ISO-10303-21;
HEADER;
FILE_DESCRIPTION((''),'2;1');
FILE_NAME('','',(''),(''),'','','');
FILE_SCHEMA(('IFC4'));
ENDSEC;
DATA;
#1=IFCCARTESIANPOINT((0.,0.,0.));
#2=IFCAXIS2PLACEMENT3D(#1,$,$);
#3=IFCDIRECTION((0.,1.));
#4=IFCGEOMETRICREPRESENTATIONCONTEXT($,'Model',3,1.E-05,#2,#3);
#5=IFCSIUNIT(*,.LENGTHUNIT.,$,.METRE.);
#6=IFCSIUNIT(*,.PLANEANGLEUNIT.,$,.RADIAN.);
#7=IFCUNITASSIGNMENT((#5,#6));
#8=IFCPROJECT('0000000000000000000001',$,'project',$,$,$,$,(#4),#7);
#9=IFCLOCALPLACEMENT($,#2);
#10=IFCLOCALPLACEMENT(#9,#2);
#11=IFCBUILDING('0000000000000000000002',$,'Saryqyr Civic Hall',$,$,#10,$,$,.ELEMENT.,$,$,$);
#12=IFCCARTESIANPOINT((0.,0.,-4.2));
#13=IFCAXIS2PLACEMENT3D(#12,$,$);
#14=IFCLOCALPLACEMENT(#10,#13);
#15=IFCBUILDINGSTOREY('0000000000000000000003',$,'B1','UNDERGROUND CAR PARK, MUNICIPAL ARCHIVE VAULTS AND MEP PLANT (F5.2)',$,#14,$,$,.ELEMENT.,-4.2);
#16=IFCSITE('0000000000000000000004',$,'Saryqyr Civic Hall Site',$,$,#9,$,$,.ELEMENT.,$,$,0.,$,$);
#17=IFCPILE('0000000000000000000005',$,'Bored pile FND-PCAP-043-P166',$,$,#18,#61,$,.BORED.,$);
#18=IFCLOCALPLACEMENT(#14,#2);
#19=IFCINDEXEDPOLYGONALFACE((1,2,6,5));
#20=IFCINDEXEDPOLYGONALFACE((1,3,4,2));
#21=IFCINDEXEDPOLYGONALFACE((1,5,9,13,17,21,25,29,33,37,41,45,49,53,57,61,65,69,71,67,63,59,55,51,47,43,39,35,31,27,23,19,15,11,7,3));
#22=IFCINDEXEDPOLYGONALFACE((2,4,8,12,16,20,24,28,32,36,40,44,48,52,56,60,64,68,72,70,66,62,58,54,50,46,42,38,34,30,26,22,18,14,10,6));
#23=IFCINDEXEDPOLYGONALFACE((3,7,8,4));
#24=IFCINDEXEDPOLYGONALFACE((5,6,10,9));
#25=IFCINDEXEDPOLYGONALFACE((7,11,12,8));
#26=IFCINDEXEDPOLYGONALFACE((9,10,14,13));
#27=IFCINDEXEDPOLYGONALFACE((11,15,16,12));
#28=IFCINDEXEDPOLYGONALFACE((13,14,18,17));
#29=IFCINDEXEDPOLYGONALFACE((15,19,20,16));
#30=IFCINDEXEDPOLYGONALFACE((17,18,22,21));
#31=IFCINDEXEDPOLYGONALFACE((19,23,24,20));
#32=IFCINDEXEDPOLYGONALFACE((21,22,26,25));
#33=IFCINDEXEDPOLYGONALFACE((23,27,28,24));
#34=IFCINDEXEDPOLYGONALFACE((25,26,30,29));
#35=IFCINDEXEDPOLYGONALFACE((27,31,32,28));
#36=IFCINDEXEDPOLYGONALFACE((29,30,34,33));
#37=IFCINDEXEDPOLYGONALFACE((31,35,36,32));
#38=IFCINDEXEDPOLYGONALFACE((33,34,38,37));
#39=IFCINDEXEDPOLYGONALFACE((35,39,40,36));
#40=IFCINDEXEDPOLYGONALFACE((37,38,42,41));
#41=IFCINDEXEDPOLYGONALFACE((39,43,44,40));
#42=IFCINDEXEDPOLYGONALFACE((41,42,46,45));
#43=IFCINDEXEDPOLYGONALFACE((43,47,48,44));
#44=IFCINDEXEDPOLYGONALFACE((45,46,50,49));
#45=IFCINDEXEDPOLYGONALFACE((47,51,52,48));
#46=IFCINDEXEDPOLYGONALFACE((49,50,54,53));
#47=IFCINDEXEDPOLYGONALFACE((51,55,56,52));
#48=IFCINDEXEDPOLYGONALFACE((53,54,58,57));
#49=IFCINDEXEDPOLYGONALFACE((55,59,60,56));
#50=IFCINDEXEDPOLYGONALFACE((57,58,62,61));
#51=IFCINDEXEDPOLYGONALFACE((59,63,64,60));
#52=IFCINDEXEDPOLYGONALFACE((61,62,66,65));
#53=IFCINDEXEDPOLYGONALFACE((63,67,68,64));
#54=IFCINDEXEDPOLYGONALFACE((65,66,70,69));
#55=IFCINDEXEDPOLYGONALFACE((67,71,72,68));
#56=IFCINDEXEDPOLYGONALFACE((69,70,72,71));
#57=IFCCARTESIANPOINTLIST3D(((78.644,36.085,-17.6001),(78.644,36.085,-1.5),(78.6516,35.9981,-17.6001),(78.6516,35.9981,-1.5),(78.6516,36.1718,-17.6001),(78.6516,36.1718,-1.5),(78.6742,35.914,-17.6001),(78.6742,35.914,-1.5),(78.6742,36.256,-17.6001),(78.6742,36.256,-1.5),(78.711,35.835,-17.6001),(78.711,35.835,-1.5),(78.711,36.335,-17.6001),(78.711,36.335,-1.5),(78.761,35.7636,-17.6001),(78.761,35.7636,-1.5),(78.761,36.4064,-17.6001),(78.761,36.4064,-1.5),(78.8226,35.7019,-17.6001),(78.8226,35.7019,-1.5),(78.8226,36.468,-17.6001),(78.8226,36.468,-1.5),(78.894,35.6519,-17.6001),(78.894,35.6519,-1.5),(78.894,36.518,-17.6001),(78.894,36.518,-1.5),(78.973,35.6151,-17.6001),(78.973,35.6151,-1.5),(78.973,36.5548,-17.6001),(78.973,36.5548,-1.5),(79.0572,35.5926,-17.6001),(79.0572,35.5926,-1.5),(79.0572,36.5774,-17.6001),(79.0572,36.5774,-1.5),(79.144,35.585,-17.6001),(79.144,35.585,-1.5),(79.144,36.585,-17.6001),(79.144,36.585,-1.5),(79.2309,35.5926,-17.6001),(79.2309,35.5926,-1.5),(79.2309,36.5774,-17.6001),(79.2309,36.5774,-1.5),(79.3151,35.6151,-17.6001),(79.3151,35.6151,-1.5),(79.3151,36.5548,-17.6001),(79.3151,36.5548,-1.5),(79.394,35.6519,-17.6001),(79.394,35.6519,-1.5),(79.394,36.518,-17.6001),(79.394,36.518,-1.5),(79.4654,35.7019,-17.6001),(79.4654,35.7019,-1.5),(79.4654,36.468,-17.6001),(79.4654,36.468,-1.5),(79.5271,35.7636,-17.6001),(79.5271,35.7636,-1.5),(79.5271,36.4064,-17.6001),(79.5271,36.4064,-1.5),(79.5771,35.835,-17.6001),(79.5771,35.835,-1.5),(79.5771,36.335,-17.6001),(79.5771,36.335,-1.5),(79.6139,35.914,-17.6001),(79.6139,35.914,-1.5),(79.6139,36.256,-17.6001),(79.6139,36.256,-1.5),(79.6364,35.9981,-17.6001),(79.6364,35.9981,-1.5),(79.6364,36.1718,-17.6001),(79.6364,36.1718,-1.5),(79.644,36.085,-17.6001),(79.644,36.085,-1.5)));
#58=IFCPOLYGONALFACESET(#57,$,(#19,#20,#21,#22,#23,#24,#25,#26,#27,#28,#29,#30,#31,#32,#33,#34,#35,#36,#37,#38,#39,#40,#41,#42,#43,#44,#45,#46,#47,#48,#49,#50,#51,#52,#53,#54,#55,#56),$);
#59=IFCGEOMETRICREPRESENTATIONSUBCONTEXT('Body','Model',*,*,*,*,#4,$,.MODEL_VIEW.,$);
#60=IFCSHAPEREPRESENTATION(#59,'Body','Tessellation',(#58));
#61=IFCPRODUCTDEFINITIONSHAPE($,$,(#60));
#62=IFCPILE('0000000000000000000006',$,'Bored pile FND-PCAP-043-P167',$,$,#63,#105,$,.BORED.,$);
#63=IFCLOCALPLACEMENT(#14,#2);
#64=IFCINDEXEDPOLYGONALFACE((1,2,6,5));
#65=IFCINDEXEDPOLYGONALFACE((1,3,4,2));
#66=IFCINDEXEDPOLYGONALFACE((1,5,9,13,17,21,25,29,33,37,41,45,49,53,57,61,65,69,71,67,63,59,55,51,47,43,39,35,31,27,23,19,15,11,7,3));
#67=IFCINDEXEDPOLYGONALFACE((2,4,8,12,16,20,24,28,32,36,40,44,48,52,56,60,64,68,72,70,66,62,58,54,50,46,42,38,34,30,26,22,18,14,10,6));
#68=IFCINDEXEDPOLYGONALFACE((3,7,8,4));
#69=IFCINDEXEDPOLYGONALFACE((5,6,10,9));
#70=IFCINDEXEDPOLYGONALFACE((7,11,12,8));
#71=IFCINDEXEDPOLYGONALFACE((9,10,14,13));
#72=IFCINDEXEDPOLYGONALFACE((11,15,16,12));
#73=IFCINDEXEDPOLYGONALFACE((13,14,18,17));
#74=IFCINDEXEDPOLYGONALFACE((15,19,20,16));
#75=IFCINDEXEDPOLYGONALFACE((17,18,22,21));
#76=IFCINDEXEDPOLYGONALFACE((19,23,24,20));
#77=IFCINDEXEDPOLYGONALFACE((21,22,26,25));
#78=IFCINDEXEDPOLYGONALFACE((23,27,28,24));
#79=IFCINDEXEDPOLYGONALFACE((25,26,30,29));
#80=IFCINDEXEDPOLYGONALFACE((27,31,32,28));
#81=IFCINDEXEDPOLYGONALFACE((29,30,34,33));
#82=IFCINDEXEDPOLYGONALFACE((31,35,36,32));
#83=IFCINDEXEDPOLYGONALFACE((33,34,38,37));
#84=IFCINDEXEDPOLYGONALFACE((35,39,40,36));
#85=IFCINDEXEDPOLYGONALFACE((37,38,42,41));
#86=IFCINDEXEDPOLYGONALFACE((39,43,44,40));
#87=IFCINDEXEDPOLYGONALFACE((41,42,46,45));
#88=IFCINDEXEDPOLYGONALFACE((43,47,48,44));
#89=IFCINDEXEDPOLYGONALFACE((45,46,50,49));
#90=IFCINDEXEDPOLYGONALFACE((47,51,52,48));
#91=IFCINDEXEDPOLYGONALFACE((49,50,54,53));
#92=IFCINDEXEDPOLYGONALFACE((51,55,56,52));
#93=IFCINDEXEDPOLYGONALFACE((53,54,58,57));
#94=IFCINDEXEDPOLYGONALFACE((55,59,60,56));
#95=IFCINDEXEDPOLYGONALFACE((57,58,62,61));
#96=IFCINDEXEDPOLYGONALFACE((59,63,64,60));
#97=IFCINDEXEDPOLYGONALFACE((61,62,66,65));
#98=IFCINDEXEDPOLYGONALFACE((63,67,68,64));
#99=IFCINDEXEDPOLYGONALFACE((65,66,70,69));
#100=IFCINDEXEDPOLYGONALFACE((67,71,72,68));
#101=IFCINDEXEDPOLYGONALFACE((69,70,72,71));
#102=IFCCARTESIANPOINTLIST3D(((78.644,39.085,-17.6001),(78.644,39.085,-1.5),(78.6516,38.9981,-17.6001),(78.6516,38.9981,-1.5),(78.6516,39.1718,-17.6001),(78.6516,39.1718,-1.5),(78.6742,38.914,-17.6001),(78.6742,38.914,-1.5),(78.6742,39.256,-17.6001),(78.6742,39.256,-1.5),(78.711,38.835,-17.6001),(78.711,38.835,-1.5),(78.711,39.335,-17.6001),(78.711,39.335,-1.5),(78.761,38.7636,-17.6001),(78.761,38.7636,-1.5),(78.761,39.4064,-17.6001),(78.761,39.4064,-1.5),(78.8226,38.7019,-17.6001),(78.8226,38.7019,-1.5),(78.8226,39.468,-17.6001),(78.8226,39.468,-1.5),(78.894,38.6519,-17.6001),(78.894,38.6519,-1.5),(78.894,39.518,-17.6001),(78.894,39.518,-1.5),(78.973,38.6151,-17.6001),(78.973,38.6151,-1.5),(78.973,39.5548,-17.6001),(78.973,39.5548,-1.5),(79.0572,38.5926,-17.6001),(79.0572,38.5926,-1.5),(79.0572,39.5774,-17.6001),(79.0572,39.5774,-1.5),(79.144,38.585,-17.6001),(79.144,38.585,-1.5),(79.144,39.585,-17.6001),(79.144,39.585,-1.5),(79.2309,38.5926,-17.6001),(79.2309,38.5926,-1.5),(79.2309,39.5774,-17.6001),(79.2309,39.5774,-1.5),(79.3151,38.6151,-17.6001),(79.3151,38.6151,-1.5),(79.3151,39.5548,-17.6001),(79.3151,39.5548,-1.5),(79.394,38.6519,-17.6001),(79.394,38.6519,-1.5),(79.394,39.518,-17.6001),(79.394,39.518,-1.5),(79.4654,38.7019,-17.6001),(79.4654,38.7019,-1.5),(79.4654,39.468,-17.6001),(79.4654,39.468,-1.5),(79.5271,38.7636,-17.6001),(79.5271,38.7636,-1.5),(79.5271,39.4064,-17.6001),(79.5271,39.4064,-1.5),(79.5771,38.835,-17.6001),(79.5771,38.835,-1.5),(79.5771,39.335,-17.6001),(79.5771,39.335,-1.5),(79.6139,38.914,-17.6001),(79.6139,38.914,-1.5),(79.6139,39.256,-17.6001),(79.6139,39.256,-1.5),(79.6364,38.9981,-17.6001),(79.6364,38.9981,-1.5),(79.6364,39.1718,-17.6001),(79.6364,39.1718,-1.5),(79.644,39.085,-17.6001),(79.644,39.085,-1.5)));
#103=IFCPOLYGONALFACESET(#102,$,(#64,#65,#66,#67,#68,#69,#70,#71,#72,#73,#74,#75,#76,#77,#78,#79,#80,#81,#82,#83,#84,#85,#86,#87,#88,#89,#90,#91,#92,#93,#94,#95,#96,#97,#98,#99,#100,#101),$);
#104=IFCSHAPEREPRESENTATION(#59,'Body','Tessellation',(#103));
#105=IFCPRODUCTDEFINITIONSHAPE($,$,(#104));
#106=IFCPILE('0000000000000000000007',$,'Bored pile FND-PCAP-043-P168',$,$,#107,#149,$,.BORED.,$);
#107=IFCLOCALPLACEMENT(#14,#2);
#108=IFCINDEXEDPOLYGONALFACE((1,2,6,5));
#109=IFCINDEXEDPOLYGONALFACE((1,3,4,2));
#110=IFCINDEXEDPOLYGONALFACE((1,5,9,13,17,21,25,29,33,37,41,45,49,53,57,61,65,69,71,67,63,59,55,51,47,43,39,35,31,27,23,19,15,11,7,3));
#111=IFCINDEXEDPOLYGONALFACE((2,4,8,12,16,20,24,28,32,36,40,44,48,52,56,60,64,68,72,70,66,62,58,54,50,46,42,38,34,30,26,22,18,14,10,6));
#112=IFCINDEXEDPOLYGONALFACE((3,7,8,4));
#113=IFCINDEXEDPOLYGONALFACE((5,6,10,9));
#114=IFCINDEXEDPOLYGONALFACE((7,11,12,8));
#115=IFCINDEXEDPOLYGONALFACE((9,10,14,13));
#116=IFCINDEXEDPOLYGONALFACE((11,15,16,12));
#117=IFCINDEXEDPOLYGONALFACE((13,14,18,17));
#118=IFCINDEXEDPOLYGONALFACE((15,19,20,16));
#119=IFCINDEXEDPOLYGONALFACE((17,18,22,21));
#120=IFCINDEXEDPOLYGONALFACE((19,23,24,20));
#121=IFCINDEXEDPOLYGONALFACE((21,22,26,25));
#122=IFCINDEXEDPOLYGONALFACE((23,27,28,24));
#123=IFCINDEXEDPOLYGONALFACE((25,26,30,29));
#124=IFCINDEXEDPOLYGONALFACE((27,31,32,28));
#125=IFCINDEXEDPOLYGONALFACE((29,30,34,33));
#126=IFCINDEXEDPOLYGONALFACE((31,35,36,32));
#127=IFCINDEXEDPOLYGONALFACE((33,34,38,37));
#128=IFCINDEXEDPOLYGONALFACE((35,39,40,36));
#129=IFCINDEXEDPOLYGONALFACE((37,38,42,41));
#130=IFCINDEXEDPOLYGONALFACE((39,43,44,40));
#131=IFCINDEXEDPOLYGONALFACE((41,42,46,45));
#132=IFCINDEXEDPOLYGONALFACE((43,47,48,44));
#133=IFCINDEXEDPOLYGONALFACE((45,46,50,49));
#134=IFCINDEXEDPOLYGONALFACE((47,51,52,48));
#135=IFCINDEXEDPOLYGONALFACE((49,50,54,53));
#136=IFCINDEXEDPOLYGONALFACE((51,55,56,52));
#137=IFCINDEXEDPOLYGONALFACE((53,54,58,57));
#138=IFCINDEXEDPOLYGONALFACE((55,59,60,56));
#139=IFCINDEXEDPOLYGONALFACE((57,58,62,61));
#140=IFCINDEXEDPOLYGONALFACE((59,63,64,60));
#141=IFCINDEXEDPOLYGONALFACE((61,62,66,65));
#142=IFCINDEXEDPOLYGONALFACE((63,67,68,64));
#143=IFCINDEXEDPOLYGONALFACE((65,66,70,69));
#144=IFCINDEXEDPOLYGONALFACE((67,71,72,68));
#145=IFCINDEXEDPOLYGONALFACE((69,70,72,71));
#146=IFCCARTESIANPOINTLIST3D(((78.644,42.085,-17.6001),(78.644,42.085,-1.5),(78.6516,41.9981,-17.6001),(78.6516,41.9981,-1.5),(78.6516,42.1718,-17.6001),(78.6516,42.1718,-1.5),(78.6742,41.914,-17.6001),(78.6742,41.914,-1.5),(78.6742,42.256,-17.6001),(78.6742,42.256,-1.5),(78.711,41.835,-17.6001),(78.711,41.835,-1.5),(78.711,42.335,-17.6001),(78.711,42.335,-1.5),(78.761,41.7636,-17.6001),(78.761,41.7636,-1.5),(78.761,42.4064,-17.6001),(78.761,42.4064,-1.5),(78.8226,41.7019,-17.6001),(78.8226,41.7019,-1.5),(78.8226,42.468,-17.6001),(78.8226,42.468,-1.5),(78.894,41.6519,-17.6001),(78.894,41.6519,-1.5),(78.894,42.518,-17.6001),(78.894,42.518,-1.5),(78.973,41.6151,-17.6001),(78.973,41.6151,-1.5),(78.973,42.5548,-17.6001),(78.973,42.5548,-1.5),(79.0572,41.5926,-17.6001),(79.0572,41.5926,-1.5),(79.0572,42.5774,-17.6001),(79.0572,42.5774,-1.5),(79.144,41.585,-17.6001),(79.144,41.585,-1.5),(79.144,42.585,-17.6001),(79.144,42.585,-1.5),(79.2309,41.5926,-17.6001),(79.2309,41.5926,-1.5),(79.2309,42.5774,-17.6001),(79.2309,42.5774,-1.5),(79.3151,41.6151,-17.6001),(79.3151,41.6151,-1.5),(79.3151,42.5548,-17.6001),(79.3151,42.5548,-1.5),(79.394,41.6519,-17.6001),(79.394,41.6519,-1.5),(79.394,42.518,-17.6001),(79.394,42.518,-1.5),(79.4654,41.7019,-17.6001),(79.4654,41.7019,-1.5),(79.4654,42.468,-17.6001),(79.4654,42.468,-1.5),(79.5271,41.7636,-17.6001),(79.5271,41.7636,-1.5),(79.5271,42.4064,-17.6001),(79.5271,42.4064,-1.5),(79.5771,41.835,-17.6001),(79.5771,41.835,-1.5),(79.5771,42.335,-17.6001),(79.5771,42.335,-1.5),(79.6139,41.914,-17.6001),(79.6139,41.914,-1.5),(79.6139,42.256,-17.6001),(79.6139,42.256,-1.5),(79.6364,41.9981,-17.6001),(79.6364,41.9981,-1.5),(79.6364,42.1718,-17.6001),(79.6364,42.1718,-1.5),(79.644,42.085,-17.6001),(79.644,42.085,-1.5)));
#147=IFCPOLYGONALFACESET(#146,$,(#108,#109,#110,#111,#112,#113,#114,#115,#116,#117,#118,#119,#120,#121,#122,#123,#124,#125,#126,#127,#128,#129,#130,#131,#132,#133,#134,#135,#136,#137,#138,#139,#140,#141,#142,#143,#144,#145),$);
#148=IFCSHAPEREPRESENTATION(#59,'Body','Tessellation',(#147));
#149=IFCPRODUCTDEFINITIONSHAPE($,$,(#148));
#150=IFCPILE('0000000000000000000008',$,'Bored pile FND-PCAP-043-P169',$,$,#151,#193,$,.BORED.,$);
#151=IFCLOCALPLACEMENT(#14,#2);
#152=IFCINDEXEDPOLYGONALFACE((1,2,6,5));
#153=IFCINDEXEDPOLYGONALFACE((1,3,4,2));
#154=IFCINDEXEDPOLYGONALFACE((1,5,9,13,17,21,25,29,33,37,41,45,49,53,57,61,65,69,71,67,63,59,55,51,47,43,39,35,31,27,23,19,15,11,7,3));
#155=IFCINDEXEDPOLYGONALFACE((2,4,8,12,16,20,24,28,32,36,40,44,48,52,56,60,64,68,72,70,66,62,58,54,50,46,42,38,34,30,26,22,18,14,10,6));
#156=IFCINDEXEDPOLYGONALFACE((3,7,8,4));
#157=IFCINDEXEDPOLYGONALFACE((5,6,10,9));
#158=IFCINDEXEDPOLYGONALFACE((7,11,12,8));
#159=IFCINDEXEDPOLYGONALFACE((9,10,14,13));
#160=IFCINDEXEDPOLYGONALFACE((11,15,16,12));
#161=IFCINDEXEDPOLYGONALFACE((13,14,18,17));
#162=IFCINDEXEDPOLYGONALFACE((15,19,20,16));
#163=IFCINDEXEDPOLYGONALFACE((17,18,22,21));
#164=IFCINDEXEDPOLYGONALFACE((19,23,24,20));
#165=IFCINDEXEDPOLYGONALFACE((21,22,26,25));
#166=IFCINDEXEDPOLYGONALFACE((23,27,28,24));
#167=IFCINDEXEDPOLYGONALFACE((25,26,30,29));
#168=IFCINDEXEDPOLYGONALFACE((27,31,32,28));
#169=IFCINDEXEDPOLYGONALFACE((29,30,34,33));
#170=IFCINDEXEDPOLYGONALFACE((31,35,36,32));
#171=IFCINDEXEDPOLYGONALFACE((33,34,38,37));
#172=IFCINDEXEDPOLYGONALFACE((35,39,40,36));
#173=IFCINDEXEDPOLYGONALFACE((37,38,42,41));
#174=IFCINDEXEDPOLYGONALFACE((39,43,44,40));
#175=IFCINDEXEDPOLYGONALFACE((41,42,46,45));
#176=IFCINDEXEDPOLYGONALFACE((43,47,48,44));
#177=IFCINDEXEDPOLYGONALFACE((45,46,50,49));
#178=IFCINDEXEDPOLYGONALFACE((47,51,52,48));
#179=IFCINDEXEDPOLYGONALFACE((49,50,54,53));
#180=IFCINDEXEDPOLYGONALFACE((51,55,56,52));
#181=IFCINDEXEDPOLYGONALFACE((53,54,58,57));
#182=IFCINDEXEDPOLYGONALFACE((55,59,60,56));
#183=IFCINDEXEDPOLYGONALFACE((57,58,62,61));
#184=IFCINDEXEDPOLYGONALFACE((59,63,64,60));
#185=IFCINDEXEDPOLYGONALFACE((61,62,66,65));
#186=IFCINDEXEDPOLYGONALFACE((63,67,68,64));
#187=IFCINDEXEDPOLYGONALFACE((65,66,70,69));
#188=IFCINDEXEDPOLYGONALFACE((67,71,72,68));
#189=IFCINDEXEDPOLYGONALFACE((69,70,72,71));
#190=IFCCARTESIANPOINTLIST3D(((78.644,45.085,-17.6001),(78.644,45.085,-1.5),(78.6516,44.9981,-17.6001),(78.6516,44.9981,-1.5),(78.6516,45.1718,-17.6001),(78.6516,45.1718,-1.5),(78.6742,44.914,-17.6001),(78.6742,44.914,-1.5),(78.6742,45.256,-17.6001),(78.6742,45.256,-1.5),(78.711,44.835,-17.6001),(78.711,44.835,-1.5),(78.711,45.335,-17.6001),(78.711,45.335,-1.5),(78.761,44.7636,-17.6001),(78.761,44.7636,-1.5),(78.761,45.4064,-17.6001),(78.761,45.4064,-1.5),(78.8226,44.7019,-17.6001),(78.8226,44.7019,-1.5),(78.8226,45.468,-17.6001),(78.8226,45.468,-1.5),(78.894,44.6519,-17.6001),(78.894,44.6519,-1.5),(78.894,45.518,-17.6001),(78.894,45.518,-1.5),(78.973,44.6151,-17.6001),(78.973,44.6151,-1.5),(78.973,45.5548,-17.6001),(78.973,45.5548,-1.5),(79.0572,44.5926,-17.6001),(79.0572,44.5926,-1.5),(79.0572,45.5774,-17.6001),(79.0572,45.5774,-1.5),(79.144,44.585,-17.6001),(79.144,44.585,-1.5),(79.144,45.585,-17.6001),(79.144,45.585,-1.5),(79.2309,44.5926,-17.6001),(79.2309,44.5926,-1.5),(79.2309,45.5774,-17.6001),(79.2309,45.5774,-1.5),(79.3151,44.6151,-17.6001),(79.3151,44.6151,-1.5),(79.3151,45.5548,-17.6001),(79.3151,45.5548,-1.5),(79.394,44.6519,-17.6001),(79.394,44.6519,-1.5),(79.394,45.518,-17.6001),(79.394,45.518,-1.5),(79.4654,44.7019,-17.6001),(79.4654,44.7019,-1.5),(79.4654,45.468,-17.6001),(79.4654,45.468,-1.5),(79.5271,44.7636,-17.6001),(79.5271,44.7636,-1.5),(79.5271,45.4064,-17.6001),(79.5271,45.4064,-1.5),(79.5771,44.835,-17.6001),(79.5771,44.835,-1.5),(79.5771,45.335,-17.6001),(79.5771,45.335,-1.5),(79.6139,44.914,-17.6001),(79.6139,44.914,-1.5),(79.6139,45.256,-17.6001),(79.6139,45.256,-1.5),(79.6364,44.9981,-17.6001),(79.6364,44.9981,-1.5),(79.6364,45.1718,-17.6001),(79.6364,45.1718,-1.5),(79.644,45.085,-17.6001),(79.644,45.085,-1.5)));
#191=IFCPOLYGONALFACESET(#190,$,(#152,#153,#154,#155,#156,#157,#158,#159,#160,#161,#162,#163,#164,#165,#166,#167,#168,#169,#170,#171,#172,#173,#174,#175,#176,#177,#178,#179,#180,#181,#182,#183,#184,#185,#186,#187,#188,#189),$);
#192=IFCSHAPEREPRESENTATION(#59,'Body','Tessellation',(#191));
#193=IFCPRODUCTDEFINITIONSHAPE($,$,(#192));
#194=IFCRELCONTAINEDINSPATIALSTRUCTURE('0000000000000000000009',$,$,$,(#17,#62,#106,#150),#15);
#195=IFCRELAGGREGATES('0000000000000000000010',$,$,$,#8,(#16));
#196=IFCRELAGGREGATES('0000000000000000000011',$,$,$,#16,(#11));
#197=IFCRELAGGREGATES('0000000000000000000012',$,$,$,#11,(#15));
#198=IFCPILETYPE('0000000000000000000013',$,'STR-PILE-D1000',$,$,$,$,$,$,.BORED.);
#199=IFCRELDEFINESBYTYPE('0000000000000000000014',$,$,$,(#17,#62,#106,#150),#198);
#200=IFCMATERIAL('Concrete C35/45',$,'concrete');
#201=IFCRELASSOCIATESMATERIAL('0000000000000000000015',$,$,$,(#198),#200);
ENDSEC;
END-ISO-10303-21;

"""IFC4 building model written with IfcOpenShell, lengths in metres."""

from ifc_helpers import new_model, si_unit, direction, frame, origin, origin_2d, place, context, subcontext, project, spatial, circle, extrude, material, material_profile, profile_set, type_object, element, save


model = new_model("IFC4")

# Units and contexts
model_context = context("Model", 3, precision=1e-05, world=origin(), true_north=direction((0.0, 1.0)))
body_context = subcontext(model_context, "Body", "Model", "MODEL_VIEW")
ifc_project = project(units=[si_unit("LENGTHUNIT", "METRE"), si_unit("PLANEANGLEUNIT", "RADIAN")], contexts=[model_context])

# Site, building, storey
site_placement = place(None, origin())
site = spatial("IfcSite", under=ifc_project, at=site_placement, Name="Saryqyr Civic Hall Site", CompositionType="ELEMENT", RefElevation=0.0)
building_placement = place(site_placement, origin())
building = spatial("IfcBuilding", under=site, at=building_placement, Name="Saryqyr Civic Hall", CompositionType="ELEMENT")
storey_placement = place(building_placement, frame((0.0, 0.0, -4.2)))
storey = spatial("IfcBuildingStorey", under=building, at=storey_placement, Name="B1", Description="UNDERGROUND CAR PARK, MUNICIPAL ARCHIVE VAULTS AND MEP PLANT (F5.2)", CompositionType="ELEMENT", Elevation=-4.2)

# Piles
ifc_material_1 = material(Name="Concrete C35/45", Category="concrete")
ifc_material_profile_1 = material_profile(ifc_material_1, circle(Radius=0.5, at=origin_2d()), Name="BORED PILE D1000")
ifc_profile_set_1 = profile_set([ifc_material_profile_1], Name="Concrete C35/45")
pile_type = type_object("IfcPileType", Name="STR-PILE-D1000", PredefinedType="BORED", material=ifc_profile_set_1)
for number, where, z_axis, x_axis, name in (
    (1, (79.144, 36.085, -1.5), (0.0, 0.0, -1.0), (1.0, 0.0, 0.0), "Bored pile FND-PCAP-043-P166"),
    (2, (79.144, 39.085, -1.5), (0.0, 0.0, -1.0), (1.0, 0.0, 0.0), "Bored pile FND-PCAP-043-P167"),
    (3, (79.144, 42.085, -1.5), (0.0, 0.0, -1.0), (1.0, 0.0, 0.0), "Bored pile FND-PCAP-043-P168"),
    (4, (79.144, 45.085, -1.5), (0.0, 0.0, -1.0), (1.0, 0.0, 0.0), "Bored pile FND-PCAP-043-P169"),
):
    element("IfcPile", number, at=place(storey_placement, frame(where, z_axis=z_axis, x_axis=x_axis)), inside=storey, type_object=pile_type, Name=name, PredefinedType="BORED", context=body_context, shape_type="SweptSolid", body=[
        extrude(circle(Radius=0.5, at=origin_2d()), origin(), (0.0, 0.0, 1.0), 16.1001),
    ])

save(model, "model.ifc")
